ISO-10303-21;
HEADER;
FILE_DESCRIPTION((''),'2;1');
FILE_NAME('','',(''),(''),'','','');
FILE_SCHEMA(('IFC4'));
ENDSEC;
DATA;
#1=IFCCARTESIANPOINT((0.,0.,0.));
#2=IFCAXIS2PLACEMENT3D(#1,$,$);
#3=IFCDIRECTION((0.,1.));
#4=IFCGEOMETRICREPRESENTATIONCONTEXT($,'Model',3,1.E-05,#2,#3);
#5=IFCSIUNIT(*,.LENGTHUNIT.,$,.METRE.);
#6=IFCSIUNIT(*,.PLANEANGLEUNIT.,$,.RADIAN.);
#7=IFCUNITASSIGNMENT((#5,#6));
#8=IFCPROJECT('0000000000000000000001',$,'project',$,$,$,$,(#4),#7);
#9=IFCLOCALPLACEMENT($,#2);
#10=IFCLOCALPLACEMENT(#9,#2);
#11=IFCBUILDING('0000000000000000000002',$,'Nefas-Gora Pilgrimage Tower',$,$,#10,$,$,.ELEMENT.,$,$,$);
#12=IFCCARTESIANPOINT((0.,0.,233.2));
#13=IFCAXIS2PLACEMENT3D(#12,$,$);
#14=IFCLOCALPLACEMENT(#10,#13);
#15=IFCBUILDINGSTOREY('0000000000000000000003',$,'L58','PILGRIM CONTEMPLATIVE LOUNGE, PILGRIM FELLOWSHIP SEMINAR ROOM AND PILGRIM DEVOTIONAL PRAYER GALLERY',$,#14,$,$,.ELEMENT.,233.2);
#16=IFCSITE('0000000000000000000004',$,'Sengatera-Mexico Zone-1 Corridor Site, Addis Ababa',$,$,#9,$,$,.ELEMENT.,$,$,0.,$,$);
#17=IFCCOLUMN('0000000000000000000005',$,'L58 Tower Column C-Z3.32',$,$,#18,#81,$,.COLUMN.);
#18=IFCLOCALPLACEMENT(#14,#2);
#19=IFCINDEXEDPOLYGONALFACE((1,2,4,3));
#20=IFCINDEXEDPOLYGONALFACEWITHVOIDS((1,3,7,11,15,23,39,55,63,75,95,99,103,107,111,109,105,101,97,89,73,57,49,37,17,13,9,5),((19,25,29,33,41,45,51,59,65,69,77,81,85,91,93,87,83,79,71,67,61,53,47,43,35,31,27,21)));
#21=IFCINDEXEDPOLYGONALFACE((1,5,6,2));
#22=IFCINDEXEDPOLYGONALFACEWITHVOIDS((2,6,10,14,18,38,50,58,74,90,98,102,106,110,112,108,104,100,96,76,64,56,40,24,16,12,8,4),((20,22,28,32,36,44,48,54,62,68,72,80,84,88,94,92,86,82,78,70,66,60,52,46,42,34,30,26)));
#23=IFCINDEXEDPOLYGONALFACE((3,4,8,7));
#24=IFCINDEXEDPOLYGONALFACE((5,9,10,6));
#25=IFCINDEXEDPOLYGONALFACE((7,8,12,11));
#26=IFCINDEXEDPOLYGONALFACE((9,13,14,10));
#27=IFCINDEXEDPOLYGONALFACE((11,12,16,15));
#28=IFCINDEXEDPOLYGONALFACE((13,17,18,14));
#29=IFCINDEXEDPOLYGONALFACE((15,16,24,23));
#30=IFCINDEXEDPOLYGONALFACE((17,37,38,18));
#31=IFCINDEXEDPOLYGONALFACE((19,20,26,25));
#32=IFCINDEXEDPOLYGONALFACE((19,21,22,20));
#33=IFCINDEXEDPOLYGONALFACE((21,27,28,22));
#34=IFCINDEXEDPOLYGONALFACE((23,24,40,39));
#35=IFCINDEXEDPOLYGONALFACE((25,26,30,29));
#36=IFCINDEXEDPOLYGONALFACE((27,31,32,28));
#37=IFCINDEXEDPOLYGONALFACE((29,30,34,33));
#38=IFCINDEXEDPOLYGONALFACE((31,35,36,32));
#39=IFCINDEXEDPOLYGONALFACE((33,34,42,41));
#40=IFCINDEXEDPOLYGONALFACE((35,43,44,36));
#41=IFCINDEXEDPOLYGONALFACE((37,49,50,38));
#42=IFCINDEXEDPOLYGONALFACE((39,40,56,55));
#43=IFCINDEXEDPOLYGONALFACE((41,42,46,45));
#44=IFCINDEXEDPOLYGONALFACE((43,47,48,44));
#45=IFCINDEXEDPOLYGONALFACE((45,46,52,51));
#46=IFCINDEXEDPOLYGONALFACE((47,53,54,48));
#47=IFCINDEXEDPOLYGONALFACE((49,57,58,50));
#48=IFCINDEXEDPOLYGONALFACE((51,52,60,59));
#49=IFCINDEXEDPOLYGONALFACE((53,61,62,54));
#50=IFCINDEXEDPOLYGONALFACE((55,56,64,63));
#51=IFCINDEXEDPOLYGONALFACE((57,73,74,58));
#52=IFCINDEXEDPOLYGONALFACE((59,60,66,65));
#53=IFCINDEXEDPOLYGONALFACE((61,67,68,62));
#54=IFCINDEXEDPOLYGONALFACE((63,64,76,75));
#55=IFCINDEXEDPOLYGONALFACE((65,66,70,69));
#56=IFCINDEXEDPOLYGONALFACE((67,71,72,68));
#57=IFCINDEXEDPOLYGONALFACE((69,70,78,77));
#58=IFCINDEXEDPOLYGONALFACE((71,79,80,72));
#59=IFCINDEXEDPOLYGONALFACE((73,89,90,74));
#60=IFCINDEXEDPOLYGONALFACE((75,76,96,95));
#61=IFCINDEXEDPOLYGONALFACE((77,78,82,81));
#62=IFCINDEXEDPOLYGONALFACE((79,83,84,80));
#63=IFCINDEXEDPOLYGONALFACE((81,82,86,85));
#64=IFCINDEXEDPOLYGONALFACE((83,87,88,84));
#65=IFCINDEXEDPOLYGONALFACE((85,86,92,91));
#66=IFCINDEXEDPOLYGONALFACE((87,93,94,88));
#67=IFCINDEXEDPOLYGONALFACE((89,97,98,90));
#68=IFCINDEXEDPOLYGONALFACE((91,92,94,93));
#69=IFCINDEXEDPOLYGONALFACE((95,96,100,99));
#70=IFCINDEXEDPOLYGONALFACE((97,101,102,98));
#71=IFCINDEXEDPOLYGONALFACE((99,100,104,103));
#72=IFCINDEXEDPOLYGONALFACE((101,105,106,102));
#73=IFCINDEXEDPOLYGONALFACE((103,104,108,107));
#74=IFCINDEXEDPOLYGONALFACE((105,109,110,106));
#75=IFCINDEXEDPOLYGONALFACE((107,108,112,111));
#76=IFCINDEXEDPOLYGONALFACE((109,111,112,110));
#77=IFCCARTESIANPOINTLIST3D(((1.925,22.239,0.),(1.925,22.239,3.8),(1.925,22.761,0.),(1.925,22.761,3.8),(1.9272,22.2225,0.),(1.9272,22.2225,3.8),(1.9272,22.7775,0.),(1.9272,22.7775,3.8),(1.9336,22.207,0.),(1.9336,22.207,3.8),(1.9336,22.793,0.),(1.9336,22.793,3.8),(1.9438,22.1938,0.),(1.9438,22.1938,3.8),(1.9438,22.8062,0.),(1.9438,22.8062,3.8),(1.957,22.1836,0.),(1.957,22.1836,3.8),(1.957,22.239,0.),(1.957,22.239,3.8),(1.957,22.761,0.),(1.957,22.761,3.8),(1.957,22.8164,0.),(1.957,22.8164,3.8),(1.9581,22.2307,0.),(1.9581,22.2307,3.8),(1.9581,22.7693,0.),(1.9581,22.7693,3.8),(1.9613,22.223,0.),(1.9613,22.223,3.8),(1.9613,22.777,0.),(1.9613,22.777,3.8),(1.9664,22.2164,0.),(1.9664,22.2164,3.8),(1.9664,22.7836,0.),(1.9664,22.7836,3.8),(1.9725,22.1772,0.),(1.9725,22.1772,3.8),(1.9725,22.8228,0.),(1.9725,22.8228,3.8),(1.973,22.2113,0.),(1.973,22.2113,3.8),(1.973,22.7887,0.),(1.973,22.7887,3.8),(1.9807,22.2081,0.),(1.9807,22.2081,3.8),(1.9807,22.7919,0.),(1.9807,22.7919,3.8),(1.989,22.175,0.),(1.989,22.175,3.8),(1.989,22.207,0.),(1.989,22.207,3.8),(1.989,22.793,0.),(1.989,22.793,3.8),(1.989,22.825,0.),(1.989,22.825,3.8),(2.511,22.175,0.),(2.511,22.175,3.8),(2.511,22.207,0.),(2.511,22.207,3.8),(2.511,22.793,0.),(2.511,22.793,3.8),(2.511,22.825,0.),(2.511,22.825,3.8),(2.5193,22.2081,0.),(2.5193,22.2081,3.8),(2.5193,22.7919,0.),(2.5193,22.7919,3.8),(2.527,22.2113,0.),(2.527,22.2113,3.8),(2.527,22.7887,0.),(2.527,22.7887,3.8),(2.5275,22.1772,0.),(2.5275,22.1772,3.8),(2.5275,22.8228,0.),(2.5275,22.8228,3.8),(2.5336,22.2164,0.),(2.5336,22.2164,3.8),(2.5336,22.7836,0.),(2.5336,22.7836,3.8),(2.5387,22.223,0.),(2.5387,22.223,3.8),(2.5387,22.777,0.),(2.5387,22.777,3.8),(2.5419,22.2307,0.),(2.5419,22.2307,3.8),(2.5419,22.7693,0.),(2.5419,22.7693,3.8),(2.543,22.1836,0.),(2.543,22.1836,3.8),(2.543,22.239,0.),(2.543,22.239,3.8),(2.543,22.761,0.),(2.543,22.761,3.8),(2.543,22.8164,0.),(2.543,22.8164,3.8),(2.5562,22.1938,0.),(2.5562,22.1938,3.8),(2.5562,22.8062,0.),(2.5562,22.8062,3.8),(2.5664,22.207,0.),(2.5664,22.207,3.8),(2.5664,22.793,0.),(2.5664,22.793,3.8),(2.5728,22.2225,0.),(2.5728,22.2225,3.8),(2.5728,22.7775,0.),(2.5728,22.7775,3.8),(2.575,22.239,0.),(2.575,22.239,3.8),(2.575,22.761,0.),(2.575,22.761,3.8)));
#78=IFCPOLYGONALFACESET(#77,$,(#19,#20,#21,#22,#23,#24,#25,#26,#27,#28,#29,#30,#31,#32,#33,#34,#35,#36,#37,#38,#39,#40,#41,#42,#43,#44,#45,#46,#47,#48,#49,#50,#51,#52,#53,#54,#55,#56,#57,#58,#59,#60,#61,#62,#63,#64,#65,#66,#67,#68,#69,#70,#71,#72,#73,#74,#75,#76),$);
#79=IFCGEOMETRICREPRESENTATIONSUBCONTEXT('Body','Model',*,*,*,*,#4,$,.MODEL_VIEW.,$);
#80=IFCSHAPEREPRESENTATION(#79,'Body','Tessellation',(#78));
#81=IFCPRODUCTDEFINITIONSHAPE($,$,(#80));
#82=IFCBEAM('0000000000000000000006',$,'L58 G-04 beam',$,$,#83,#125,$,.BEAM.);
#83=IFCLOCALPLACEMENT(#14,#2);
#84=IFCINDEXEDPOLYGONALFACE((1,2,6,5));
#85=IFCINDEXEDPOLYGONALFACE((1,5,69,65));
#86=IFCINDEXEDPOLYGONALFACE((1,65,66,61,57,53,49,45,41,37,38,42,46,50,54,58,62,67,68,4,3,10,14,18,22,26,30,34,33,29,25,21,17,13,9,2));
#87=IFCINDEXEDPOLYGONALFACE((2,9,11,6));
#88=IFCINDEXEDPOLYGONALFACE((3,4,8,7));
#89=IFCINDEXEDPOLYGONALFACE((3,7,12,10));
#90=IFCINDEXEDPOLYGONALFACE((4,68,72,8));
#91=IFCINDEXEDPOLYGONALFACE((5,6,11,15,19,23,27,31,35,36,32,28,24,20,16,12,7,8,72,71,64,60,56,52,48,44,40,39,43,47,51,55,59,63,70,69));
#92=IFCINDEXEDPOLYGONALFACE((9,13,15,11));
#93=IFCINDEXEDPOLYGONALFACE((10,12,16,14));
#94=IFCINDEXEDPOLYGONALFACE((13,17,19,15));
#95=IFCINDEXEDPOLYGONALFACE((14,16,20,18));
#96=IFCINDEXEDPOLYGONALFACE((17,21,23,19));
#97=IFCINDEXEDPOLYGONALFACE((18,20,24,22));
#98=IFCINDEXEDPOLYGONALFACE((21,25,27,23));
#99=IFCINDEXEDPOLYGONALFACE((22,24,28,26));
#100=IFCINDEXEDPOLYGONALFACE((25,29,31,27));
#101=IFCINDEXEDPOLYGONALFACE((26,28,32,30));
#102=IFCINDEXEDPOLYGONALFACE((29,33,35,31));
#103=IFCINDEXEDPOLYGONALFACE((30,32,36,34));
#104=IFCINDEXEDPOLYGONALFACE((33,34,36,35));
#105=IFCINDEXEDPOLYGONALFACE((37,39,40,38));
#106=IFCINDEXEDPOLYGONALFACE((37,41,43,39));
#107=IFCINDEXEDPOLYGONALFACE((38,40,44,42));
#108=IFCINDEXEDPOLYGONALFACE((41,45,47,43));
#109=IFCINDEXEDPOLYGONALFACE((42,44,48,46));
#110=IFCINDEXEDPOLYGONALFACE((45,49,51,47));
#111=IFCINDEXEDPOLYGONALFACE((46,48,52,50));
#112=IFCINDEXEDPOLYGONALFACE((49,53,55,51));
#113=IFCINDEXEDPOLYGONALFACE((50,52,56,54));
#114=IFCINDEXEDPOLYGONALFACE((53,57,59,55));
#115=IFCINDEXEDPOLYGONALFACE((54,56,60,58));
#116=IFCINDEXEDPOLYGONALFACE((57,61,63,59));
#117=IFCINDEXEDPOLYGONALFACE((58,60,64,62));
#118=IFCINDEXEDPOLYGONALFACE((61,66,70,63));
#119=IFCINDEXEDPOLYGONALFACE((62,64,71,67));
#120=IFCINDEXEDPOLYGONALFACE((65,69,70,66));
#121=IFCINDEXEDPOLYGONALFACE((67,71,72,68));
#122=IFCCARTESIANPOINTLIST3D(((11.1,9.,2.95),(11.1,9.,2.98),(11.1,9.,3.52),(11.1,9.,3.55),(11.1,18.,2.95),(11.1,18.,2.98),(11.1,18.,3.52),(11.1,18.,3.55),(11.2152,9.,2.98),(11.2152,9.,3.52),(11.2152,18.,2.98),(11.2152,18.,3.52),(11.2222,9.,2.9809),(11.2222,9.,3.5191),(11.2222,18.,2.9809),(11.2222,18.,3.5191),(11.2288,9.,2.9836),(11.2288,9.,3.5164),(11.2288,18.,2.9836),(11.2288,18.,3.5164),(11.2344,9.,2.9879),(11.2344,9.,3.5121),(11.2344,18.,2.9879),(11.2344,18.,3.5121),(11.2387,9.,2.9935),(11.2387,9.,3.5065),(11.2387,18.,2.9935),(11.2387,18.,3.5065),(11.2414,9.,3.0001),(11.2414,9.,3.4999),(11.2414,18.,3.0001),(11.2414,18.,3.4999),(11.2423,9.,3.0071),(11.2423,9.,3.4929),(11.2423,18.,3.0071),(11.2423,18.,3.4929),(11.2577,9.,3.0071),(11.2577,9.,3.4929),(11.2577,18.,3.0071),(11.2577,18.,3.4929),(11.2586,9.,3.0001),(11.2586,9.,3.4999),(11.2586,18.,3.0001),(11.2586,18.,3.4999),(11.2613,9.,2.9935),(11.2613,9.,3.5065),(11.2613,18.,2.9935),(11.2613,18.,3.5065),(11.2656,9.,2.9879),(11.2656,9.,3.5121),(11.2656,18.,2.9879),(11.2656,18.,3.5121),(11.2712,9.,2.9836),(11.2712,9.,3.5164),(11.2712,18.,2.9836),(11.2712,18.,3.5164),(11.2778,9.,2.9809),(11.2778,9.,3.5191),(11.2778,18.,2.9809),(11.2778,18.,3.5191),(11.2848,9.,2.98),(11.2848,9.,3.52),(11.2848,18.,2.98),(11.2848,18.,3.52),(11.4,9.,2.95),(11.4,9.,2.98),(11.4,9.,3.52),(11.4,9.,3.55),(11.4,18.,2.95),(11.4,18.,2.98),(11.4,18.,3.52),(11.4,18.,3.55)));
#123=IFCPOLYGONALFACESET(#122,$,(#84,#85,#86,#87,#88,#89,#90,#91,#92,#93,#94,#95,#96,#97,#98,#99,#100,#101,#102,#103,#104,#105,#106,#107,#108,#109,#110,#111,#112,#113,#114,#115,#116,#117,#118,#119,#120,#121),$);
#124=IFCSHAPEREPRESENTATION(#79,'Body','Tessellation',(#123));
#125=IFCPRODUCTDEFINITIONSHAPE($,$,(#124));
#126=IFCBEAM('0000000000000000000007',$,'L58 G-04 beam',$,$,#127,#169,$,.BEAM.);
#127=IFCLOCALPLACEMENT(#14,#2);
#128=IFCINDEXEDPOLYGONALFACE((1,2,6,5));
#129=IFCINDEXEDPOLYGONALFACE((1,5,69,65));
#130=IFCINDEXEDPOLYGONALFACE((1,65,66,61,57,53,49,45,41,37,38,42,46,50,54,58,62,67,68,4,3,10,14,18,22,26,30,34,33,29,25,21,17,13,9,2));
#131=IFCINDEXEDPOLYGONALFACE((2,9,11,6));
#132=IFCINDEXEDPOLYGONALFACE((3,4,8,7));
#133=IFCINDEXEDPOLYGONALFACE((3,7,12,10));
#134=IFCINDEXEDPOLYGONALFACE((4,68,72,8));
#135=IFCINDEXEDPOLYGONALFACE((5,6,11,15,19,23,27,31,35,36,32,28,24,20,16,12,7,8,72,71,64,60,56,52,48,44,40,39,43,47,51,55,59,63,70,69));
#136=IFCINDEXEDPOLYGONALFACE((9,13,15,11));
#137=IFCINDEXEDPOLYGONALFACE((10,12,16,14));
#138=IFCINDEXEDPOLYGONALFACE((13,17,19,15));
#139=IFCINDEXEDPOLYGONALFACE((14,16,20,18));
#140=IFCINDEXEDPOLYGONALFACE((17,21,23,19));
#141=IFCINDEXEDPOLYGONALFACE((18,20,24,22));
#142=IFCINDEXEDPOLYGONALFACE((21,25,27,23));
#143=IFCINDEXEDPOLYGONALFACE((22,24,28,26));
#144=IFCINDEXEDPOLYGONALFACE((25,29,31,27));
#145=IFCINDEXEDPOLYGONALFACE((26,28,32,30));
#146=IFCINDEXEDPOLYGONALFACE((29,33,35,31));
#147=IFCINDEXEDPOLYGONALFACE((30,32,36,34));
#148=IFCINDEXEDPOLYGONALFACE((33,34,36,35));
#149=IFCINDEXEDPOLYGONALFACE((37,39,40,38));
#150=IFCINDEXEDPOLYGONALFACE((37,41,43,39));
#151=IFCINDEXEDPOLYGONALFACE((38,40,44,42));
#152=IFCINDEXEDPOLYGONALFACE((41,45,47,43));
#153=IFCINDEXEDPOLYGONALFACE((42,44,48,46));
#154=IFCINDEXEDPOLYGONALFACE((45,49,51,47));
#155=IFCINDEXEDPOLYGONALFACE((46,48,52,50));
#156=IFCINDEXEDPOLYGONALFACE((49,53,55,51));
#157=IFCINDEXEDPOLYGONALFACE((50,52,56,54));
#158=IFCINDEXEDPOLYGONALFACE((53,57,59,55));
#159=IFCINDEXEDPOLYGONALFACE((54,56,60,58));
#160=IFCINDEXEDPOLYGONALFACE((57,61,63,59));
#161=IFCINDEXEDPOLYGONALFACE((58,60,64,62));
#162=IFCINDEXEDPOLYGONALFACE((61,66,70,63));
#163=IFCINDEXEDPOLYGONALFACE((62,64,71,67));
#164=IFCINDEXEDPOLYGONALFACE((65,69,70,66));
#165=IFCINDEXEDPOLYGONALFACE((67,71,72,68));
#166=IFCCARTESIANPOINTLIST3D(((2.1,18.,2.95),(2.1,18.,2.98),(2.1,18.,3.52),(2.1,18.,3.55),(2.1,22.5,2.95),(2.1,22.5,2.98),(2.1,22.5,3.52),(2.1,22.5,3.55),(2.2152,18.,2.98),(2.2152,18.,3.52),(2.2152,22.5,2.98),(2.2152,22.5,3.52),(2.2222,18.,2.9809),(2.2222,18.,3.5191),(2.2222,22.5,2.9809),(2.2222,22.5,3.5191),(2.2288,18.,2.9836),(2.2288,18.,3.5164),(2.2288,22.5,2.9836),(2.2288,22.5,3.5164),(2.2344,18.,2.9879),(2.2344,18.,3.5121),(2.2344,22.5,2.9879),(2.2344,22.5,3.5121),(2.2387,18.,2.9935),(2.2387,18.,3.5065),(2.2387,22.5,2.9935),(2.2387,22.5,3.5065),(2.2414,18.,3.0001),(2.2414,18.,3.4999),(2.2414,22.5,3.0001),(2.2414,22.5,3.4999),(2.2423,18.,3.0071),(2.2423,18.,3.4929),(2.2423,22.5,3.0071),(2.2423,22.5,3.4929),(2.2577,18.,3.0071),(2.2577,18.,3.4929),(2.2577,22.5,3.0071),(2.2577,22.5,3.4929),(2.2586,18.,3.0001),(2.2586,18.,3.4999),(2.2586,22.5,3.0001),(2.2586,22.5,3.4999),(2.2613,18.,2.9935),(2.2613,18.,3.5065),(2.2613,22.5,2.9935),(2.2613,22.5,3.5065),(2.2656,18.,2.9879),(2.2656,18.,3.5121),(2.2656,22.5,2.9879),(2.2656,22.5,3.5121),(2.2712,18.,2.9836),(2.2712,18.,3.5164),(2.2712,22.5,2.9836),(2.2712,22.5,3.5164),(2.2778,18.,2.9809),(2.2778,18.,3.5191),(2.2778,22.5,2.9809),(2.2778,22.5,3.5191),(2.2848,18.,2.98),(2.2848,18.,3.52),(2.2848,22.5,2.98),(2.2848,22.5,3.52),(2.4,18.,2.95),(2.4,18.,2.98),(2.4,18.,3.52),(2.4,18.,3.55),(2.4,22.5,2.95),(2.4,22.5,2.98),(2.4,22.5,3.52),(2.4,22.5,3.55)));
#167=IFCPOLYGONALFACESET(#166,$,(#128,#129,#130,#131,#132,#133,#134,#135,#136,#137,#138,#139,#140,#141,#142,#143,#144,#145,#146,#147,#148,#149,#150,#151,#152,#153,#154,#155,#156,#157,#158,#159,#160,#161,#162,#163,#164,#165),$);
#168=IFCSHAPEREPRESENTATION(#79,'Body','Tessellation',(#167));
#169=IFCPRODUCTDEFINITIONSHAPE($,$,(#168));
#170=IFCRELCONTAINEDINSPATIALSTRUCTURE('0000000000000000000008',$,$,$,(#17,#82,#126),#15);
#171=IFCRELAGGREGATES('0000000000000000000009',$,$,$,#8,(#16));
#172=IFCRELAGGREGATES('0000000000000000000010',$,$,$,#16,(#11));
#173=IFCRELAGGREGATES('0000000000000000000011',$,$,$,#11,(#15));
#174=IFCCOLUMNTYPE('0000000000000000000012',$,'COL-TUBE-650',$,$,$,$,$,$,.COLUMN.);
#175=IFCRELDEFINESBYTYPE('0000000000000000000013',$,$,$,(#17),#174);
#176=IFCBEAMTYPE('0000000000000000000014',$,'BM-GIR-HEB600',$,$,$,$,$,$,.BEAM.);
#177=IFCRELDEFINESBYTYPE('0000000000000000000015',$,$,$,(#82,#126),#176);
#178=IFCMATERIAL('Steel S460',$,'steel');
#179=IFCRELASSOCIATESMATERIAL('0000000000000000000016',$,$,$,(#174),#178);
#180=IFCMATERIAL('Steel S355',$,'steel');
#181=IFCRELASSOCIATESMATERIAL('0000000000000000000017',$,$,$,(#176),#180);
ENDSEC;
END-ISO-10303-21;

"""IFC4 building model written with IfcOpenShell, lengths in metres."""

from ifc_helpers import new_model, si_unit, direction, frame, origin, origin_2d, place, context, subcontext, project, spatial, hollow_rectangle, i_section, extrude, source, transform, mapped, material, material_profile, profile_set, type_object, element, save


model = new_model("IFC4")

# Units and contexts
model_context = context("Model", 3, precision=1e-05, world=origin(), true_north=direction((0.0, 1.0)))
body_context = subcontext(model_context, "Body", "Model", "MODEL_VIEW")
ifc_project = project(units=[si_unit("LENGTHUNIT", "METRE"), si_unit("PLANEANGLEUNIT", "RADIAN")], contexts=[model_context])

# Site, building, storey
site_placement = place(None, origin())
site = spatial("IfcSite", under=ifc_project, at=site_placement, Name="Sengatera-Mexico Zone-1 Corridor Site, Addis Ababa", CompositionType="ELEMENT", RefElevation=0.0)
building_placement = place(site_placement, origin())
building = spatial("IfcBuilding", under=site, at=building_placement, Name="Nefas-Gora Pilgrimage Tower", CompositionType="ELEMENT")
storey_placement = place(building_placement, frame((0.0, 0.0, 233.2)))
storey = spatial("IfcBuildingStorey", under=building, at=storey_placement, Name="L58", Description="PILGRIM CONTEMPLATIVE LOUNGE, PILGRIM FELLOWSHIP SEMINAR ROOM AND PILGRIM DEVOTIONAL PRAYER GALLERY", CompositionType="ELEMENT", Elevation=233.2)

# Column
ifc_material_1 = material(Name="Steel S460", Category="steel")
ifc_material_profile_1 = material_profile(ifc_material_1, hollow_rectangle(XDim=0.6499, YDim=0.6499, WallThickness=0.032, InnerFilletRadius=0.032, OuterFilletRadius=0.064, at=origin_2d()), Name="BOX 650x650x32")
ifc_profile_set_1 = profile_set([ifc_material_profile_1], Name="Steel S460")
column_type_1 = type_object("IfcColumnType", Name="COL-TUBE-650", PredefinedType="COLUMN", material=ifc_profile_set_1)
shared_shape_1 = source(origin(), body_context, "Body", "SweptSolid", [
    extrude(hollow_rectangle(XDim=0.6499, YDim=0.6499, WallThickness=0.032, InnerFilletRadius=0.032, OuterFilletRadius=0.064, at=origin_2d()), origin(), (0.0, 0.0, 1.0), 3.8),
])
column_placement = place(storey_placement, frame((2.25, 22.5, 0.0), z_axis=(0.0, 0.0, 1.0), x_axis=(1.0, 0.0, 0.0)))
element("IfcColumn", 1, at=column_placement, inside=storey, type_object=column_type_1, Name="L58 Tower Column C-Z3.32", PredefinedType="COLUMN", context=body_context, shape_type="MappedRepresentation", body=[
    mapped(shared_shape_1, transform((0.0, 0.0, 0.0), x_axis=(1.0, 0.0, 0.0), y_axis=(0.0, 1.0, 0.0), z_axis=(0.0, 0.0, 1.0), scale=1.0)),
])

# Beams
ifc_material_2 = material(Name="Steel S355", Category="steel")
ifc_material_profile_2 = material_profile(ifc_material_2, i_section(OverallWidth=0.3, OverallDepth=0.6001, WebThickness=0.0154, FlangeThickness=0.03, FilletRadius=0.0271, at=origin_2d()), Name="HEB 600")
ifc_profile_set_2 = profile_set([ifc_material_profile_2], Name="Steel S355")
beam_type = type_object("IfcBeamType", Name="BM-GIR-HEB600", PredefinedType="BEAM", material=ifc_profile_set_2)
shared_shape_2 = source(origin(), body_context, "Body", "SweptSolid", [
    extrude(i_section(OverallWidth=0.3, OverallDepth=0.6001, WebThickness=0.0154, FlangeThickness=0.03, FilletRadius=0.0271, at=origin_2d()), origin(), (0.0, 0.0, 1.0), 9.0),
])
beam_placement = place(storey_placement, frame((11.25, 9.0, 3.25), z_axis=(0.0, 1.0, 0.0), x_axis=(-1.0, 0.0, 0.0)))
element("IfcBeam", 2, at=beam_placement, inside=storey, type_object=beam_type, Name="L58 G-04 beam", PredefinedType="BEAM", context=body_context, shape_type="MappedRepresentation", body=[
    mapped(shared_shape_2, transform((0.0, 0.0, 0.0), x_axis=(1.0, 0.0, 0.0), y_axis=(0.0, 1.0, 0.0), z_axis=(0.0, 0.0, 1.0), scale=1.0)),
])
shared_shape_3 = source(origin(), body_context, "Body", "SweptSolid", [
    extrude(i_section(OverallWidth=0.3, OverallDepth=0.6001, WebThickness=0.0154, FlangeThickness=0.03, FilletRadius=0.0271, at=origin_2d()), origin(), (0.0, 0.0, 1.0), 4.5),
])
for number, where, z_axis, x_axis, name in (
    (3, (2.25, 18.0, 3.25), (0.0, 1.0, 0.0), (-1.0, 0.0, 0.0), "L58 G-04 beam"),
):
    element("IfcBeam", number, at=place(storey_placement, frame(where, z_axis=z_axis, x_axis=x_axis)), inside=storey, type_object=beam_type, Name=name, PredefinedType="BEAM", context=body_context, shape_type="MappedRepresentation", body=[
        mapped(shared_shape_3, transform((0.0, 0.0, 0.0), x_axis=(1.0, 0.0, 0.0), y_axis=(0.0, 1.0, 0.0), z_axis=(0.0, 0.0, 1.0), scale=1.0)),
    ])

save(model, "model.ifc")
